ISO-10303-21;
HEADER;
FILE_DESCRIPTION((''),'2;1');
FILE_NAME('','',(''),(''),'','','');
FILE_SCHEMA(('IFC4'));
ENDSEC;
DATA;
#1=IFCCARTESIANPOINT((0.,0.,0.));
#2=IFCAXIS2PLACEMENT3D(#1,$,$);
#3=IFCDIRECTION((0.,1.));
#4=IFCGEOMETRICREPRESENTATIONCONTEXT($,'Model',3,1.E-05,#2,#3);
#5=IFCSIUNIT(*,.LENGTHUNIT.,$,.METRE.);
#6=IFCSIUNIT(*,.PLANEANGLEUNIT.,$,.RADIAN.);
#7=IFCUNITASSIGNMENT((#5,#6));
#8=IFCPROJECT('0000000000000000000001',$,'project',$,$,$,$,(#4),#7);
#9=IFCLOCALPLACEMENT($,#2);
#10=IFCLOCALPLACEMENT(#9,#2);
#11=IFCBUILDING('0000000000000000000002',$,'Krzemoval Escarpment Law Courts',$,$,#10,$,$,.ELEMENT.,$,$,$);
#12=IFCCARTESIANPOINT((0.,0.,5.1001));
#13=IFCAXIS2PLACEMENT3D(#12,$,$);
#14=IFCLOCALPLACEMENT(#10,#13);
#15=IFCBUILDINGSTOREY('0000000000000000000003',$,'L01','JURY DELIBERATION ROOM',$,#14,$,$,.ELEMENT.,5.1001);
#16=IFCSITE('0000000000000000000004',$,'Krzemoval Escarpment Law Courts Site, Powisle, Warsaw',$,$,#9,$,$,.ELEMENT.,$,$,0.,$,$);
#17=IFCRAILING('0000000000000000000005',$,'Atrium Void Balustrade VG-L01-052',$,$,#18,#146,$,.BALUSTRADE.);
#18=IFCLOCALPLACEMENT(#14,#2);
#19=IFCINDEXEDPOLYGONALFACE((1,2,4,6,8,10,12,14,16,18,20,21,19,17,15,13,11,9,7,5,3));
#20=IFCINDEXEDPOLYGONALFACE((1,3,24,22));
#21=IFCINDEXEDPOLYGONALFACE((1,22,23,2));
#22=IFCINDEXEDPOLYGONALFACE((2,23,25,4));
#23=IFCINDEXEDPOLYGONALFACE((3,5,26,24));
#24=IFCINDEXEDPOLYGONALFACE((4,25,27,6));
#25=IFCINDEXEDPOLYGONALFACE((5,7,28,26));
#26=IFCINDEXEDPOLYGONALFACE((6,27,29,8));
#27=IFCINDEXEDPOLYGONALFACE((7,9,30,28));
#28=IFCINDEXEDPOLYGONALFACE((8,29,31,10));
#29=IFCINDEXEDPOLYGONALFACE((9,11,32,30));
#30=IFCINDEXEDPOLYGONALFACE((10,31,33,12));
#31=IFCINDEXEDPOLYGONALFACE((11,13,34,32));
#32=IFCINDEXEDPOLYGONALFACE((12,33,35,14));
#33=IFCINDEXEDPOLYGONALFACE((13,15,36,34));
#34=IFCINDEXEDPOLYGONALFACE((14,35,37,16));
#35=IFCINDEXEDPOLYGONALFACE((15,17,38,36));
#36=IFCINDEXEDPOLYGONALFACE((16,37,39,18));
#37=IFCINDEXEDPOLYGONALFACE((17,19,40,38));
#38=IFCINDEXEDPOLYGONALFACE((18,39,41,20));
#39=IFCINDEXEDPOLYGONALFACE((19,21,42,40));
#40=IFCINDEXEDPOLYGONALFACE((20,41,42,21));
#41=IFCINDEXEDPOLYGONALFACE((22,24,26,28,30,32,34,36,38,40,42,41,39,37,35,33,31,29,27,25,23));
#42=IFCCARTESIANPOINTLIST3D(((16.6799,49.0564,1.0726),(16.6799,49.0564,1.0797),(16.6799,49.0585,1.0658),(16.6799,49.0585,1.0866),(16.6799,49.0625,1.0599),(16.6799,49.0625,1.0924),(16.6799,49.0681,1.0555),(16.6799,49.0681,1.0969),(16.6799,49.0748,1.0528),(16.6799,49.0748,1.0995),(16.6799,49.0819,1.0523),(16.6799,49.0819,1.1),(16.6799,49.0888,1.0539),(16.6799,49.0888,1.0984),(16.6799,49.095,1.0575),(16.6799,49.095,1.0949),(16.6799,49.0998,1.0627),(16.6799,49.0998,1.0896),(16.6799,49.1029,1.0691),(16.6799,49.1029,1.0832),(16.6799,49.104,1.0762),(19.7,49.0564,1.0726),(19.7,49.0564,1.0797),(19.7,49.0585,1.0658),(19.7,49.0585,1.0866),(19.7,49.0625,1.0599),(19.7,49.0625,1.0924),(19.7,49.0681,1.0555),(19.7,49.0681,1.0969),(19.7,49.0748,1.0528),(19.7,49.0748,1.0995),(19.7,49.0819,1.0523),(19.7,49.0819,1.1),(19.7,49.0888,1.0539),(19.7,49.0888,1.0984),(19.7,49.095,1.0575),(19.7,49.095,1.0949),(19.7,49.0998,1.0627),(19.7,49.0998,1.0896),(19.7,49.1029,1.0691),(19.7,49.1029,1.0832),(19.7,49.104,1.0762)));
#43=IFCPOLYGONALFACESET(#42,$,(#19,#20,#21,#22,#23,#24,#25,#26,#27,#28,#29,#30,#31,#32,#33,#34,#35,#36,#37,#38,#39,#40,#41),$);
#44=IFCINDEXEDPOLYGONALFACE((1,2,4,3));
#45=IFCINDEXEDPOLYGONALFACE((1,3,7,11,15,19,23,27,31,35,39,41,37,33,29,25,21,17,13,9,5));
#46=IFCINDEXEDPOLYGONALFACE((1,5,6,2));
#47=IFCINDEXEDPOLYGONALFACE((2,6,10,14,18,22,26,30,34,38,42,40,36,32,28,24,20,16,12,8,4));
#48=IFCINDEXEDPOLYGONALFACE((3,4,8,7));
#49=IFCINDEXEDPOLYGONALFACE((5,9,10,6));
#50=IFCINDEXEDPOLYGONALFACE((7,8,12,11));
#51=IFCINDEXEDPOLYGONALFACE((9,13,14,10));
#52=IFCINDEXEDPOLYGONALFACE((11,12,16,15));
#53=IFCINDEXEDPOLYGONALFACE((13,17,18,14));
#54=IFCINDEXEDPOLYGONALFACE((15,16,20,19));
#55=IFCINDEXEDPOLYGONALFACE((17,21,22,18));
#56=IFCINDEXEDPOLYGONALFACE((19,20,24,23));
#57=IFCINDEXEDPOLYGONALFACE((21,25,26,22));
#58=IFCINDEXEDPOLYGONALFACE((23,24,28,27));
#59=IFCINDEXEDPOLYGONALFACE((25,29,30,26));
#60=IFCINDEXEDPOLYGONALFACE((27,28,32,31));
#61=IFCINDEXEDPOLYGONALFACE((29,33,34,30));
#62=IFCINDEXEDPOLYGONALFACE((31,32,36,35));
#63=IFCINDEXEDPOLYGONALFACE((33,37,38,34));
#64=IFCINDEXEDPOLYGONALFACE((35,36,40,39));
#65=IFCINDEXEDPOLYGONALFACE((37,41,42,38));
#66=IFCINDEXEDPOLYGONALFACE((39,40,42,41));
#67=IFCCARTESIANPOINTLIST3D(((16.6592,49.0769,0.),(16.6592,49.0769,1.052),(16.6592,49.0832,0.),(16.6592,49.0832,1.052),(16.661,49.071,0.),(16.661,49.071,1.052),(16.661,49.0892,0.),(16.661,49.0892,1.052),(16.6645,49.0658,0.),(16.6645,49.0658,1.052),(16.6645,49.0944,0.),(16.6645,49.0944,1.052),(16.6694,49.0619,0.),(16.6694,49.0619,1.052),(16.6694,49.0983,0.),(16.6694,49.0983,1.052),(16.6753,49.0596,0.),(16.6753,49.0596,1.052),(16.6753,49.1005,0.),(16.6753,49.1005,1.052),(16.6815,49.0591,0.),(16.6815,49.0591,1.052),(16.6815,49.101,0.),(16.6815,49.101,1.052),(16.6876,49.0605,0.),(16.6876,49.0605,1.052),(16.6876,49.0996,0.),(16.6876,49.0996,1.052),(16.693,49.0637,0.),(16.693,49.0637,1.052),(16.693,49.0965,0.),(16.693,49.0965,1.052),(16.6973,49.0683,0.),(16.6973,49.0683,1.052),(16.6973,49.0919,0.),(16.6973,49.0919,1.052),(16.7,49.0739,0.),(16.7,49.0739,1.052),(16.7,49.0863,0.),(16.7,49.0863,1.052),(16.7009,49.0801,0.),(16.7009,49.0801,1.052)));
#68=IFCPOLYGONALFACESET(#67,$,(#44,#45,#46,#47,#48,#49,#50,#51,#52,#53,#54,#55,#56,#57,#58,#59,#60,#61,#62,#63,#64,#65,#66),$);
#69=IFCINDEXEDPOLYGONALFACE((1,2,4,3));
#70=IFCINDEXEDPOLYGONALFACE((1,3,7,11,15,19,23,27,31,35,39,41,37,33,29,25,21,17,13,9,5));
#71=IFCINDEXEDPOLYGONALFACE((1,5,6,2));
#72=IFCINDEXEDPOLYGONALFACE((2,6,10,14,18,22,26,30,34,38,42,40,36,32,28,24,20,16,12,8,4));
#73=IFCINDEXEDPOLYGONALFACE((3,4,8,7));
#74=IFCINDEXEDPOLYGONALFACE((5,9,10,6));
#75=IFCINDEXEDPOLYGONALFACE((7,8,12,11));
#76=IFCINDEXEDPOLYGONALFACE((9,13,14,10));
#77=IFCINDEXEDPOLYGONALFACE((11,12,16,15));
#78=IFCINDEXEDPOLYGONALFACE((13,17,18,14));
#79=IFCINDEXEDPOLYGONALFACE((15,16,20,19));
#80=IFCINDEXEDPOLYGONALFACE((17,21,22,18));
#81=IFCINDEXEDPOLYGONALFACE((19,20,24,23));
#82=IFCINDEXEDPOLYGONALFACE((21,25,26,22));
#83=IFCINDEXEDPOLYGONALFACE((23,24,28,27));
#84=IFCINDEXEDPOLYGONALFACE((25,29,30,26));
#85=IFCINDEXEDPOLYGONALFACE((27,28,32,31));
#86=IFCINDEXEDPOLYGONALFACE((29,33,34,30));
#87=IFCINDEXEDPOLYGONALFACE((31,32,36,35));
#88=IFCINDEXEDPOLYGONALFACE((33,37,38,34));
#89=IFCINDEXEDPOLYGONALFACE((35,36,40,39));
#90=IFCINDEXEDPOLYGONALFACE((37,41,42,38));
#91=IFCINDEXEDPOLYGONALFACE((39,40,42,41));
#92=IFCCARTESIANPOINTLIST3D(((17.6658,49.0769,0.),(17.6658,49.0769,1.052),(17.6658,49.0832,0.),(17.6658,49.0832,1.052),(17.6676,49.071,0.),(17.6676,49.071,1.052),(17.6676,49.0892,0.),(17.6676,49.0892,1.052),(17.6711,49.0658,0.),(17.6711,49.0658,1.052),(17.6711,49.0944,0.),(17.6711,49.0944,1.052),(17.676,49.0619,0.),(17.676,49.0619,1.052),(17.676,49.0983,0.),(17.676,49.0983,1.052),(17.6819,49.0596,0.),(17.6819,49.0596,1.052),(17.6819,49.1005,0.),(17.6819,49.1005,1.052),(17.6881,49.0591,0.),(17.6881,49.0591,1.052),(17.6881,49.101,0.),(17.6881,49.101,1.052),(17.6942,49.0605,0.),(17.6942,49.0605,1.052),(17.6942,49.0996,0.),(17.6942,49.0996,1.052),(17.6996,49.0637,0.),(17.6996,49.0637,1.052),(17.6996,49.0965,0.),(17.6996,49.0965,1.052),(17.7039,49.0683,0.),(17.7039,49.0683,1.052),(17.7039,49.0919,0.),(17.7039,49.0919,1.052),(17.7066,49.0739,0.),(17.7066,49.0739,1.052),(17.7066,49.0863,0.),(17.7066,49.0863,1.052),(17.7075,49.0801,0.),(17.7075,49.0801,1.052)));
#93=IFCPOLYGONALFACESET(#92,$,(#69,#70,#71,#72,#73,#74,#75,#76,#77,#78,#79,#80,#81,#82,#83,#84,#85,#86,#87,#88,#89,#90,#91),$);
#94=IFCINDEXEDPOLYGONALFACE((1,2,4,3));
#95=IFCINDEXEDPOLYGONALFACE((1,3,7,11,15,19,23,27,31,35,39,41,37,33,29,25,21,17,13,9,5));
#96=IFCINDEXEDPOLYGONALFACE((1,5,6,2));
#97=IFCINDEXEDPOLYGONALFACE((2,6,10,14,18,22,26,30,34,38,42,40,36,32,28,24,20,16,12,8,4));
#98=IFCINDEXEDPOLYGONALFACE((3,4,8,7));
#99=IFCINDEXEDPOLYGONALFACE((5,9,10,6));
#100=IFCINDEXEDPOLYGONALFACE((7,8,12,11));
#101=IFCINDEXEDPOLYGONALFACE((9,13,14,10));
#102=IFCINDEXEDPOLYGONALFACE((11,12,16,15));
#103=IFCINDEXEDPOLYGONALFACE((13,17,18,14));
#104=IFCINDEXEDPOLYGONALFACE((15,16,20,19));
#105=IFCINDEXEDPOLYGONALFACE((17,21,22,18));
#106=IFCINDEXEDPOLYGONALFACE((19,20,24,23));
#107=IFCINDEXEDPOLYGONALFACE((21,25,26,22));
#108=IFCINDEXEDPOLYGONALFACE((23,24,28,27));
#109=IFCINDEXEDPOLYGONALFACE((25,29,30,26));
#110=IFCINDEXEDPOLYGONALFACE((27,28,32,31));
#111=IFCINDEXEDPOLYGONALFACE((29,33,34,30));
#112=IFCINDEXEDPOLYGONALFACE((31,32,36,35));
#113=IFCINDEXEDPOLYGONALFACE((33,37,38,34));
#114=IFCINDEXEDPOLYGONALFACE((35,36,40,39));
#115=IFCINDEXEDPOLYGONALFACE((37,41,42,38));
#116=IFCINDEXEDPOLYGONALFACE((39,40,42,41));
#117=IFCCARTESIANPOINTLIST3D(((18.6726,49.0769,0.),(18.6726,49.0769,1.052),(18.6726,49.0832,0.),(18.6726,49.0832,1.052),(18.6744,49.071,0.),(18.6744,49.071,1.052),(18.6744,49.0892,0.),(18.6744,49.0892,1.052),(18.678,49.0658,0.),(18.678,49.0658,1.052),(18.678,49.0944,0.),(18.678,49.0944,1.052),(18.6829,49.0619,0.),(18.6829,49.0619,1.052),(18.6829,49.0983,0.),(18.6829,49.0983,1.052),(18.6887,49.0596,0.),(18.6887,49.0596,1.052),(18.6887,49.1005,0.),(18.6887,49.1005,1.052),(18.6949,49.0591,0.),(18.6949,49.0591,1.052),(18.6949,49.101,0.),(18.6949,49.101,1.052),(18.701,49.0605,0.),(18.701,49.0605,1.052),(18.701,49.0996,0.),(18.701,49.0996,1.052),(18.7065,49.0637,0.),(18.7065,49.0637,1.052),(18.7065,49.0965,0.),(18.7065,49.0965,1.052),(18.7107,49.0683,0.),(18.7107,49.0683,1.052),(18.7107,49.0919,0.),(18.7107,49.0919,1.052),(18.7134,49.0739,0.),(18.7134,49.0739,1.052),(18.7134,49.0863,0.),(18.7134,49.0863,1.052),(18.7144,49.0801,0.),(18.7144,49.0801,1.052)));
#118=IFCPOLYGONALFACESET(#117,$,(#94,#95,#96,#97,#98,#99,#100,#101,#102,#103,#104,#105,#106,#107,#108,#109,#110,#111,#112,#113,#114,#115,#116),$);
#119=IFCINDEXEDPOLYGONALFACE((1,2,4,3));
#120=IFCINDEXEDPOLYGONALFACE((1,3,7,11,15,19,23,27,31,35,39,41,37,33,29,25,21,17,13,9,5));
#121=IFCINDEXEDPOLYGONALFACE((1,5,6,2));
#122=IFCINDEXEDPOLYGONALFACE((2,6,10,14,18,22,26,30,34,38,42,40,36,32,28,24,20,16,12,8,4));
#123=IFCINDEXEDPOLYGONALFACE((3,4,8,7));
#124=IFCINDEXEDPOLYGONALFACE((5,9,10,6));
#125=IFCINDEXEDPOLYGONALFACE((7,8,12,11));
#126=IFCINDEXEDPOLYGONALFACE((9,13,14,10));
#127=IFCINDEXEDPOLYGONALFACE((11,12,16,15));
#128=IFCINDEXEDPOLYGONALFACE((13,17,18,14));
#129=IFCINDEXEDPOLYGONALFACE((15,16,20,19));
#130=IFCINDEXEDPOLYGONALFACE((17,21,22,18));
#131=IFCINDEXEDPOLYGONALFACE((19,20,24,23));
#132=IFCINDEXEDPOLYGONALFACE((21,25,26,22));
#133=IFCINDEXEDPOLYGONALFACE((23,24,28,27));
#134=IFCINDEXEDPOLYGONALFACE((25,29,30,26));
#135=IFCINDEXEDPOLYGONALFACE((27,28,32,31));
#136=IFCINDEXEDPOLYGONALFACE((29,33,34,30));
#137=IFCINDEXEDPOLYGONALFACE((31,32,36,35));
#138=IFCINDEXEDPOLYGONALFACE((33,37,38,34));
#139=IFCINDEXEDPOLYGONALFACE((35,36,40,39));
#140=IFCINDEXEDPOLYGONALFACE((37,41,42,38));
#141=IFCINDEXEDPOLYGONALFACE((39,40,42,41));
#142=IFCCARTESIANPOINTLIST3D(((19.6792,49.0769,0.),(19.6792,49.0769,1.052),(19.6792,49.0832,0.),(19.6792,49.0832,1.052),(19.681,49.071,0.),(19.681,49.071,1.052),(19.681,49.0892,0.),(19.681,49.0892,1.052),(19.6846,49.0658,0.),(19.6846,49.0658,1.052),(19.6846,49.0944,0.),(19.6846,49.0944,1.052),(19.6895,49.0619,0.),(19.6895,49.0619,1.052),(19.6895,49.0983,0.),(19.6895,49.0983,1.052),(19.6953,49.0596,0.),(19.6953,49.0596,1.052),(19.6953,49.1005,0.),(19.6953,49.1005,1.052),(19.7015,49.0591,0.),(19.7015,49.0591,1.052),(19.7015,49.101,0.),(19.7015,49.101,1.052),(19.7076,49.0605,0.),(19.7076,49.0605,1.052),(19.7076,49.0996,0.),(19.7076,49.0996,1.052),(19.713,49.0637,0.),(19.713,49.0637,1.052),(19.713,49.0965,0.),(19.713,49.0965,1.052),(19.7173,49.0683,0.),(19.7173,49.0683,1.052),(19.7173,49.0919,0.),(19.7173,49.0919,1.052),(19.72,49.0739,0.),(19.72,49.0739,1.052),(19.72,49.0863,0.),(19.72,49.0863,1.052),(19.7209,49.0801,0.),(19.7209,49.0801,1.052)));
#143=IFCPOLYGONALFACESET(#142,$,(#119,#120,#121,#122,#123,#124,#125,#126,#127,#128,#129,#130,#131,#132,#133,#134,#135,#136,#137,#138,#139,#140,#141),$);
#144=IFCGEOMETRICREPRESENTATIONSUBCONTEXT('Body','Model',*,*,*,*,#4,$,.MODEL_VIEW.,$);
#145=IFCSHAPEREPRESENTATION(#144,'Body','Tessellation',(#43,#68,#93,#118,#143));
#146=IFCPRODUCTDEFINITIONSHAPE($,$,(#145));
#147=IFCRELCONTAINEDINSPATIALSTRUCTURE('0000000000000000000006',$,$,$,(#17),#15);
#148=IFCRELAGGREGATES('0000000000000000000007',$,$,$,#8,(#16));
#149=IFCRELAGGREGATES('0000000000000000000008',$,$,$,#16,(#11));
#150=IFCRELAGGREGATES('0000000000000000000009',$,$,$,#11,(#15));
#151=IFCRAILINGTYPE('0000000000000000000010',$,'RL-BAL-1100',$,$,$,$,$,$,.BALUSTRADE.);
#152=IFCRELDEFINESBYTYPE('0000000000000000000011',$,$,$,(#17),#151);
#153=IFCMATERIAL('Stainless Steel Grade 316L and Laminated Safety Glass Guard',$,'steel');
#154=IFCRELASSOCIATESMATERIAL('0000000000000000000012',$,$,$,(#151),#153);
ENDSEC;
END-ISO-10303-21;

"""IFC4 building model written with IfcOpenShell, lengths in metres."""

from ifc_helpers import new_model, si_unit, direction, frame, origin, origin_2d, place, context, subcontext, project, spatial, circle, extrude, material, type_object, element, save


model = new_model("IFC4")

# Units and contexts
model_context = context("Model", 3, precision=1e-05, world=origin(), true_north=direction((0.0, 1.0)))
body_context = subcontext(model_context, "Body", "Model", "MODEL_VIEW")
ifc_project = project(units=[si_unit("LENGTHUNIT", "METRE"), si_unit("PLANEANGLEUNIT", "RADIAN")], contexts=[model_context])

# Site, building, storey
site_placement = place(None, origin())
site = spatial("IfcSite", under=ifc_project, at=site_placement, Name="Krzemoval Escarpment Law Courts Site, Powisle, Warsaw", CompositionType="ELEMENT", RefElevation=0.0)
building_placement = place(site_placement, origin())
building = spatial("IfcBuilding", under=site, at=building_placement, Name="Krzemoval Escarpment Law Courts", CompositionType="ELEMENT")
storey_placement = place(building_placement, frame((0.0, 0.0, 5.1001)))
storey = spatial("IfcBuildingStorey", under=building, at=storey_placement, Name="L01", Description="JURY DELIBERATION ROOM", CompositionType="ELEMENT", Elevation=5.1001)

# Railing
ifc_material_1 = material(Name="Stainless Steel Grade 316L and Laminated Safety Glass Guard", Category="steel")
railing_type_1 = type_object("IfcRailingType", Name="RL-BAL-1100", PredefinedType="BALUSTRADE", material=ifc_material_1)
railing_1_placement = place(storey_placement, frame((16.6799, 49.0801, 0.0)))
element("IfcRailing", 1, at=railing_1_placement, inside=storey, type_object=railing_type_1, Name="Atrium Void Balustrade VG-L01-052", PredefinedType="BALUSTRADE", context=body_context, shape_type="SweptSolid", body=[
    extrude(circle(Radius=0.0239, at=origin_2d()), frame((0.0, 0.0, 1.0762), z_axis=(1.0, 0.0, 0.0), x_axis=(0.0, 1.0, 0.0)), (0.0, 0.0, 1.0), 3.02),
    extrude(circle(Radius=0.021, at=origin_2d()), origin(), (0.0, 0.0, 1.0), 1.052),
    extrude(circle(Radius=0.021, at=origin_2d()), frame((1.0066, 0.0, 0.0)), (0.0, 0.0, 1.0), 1.052),
    extrude(circle(Radius=0.021, at=origin_2d()), frame((2.0134, 0.0, 0.0)), (0.0, 0.0, 1.0), 1.052),
    extrude(circle(Radius=0.021, at=origin_2d()), frame((3.02, 0.0, 0.0)), (0.0, 0.0, 1.0), 1.052),
])

save(model, "model.ifc")
